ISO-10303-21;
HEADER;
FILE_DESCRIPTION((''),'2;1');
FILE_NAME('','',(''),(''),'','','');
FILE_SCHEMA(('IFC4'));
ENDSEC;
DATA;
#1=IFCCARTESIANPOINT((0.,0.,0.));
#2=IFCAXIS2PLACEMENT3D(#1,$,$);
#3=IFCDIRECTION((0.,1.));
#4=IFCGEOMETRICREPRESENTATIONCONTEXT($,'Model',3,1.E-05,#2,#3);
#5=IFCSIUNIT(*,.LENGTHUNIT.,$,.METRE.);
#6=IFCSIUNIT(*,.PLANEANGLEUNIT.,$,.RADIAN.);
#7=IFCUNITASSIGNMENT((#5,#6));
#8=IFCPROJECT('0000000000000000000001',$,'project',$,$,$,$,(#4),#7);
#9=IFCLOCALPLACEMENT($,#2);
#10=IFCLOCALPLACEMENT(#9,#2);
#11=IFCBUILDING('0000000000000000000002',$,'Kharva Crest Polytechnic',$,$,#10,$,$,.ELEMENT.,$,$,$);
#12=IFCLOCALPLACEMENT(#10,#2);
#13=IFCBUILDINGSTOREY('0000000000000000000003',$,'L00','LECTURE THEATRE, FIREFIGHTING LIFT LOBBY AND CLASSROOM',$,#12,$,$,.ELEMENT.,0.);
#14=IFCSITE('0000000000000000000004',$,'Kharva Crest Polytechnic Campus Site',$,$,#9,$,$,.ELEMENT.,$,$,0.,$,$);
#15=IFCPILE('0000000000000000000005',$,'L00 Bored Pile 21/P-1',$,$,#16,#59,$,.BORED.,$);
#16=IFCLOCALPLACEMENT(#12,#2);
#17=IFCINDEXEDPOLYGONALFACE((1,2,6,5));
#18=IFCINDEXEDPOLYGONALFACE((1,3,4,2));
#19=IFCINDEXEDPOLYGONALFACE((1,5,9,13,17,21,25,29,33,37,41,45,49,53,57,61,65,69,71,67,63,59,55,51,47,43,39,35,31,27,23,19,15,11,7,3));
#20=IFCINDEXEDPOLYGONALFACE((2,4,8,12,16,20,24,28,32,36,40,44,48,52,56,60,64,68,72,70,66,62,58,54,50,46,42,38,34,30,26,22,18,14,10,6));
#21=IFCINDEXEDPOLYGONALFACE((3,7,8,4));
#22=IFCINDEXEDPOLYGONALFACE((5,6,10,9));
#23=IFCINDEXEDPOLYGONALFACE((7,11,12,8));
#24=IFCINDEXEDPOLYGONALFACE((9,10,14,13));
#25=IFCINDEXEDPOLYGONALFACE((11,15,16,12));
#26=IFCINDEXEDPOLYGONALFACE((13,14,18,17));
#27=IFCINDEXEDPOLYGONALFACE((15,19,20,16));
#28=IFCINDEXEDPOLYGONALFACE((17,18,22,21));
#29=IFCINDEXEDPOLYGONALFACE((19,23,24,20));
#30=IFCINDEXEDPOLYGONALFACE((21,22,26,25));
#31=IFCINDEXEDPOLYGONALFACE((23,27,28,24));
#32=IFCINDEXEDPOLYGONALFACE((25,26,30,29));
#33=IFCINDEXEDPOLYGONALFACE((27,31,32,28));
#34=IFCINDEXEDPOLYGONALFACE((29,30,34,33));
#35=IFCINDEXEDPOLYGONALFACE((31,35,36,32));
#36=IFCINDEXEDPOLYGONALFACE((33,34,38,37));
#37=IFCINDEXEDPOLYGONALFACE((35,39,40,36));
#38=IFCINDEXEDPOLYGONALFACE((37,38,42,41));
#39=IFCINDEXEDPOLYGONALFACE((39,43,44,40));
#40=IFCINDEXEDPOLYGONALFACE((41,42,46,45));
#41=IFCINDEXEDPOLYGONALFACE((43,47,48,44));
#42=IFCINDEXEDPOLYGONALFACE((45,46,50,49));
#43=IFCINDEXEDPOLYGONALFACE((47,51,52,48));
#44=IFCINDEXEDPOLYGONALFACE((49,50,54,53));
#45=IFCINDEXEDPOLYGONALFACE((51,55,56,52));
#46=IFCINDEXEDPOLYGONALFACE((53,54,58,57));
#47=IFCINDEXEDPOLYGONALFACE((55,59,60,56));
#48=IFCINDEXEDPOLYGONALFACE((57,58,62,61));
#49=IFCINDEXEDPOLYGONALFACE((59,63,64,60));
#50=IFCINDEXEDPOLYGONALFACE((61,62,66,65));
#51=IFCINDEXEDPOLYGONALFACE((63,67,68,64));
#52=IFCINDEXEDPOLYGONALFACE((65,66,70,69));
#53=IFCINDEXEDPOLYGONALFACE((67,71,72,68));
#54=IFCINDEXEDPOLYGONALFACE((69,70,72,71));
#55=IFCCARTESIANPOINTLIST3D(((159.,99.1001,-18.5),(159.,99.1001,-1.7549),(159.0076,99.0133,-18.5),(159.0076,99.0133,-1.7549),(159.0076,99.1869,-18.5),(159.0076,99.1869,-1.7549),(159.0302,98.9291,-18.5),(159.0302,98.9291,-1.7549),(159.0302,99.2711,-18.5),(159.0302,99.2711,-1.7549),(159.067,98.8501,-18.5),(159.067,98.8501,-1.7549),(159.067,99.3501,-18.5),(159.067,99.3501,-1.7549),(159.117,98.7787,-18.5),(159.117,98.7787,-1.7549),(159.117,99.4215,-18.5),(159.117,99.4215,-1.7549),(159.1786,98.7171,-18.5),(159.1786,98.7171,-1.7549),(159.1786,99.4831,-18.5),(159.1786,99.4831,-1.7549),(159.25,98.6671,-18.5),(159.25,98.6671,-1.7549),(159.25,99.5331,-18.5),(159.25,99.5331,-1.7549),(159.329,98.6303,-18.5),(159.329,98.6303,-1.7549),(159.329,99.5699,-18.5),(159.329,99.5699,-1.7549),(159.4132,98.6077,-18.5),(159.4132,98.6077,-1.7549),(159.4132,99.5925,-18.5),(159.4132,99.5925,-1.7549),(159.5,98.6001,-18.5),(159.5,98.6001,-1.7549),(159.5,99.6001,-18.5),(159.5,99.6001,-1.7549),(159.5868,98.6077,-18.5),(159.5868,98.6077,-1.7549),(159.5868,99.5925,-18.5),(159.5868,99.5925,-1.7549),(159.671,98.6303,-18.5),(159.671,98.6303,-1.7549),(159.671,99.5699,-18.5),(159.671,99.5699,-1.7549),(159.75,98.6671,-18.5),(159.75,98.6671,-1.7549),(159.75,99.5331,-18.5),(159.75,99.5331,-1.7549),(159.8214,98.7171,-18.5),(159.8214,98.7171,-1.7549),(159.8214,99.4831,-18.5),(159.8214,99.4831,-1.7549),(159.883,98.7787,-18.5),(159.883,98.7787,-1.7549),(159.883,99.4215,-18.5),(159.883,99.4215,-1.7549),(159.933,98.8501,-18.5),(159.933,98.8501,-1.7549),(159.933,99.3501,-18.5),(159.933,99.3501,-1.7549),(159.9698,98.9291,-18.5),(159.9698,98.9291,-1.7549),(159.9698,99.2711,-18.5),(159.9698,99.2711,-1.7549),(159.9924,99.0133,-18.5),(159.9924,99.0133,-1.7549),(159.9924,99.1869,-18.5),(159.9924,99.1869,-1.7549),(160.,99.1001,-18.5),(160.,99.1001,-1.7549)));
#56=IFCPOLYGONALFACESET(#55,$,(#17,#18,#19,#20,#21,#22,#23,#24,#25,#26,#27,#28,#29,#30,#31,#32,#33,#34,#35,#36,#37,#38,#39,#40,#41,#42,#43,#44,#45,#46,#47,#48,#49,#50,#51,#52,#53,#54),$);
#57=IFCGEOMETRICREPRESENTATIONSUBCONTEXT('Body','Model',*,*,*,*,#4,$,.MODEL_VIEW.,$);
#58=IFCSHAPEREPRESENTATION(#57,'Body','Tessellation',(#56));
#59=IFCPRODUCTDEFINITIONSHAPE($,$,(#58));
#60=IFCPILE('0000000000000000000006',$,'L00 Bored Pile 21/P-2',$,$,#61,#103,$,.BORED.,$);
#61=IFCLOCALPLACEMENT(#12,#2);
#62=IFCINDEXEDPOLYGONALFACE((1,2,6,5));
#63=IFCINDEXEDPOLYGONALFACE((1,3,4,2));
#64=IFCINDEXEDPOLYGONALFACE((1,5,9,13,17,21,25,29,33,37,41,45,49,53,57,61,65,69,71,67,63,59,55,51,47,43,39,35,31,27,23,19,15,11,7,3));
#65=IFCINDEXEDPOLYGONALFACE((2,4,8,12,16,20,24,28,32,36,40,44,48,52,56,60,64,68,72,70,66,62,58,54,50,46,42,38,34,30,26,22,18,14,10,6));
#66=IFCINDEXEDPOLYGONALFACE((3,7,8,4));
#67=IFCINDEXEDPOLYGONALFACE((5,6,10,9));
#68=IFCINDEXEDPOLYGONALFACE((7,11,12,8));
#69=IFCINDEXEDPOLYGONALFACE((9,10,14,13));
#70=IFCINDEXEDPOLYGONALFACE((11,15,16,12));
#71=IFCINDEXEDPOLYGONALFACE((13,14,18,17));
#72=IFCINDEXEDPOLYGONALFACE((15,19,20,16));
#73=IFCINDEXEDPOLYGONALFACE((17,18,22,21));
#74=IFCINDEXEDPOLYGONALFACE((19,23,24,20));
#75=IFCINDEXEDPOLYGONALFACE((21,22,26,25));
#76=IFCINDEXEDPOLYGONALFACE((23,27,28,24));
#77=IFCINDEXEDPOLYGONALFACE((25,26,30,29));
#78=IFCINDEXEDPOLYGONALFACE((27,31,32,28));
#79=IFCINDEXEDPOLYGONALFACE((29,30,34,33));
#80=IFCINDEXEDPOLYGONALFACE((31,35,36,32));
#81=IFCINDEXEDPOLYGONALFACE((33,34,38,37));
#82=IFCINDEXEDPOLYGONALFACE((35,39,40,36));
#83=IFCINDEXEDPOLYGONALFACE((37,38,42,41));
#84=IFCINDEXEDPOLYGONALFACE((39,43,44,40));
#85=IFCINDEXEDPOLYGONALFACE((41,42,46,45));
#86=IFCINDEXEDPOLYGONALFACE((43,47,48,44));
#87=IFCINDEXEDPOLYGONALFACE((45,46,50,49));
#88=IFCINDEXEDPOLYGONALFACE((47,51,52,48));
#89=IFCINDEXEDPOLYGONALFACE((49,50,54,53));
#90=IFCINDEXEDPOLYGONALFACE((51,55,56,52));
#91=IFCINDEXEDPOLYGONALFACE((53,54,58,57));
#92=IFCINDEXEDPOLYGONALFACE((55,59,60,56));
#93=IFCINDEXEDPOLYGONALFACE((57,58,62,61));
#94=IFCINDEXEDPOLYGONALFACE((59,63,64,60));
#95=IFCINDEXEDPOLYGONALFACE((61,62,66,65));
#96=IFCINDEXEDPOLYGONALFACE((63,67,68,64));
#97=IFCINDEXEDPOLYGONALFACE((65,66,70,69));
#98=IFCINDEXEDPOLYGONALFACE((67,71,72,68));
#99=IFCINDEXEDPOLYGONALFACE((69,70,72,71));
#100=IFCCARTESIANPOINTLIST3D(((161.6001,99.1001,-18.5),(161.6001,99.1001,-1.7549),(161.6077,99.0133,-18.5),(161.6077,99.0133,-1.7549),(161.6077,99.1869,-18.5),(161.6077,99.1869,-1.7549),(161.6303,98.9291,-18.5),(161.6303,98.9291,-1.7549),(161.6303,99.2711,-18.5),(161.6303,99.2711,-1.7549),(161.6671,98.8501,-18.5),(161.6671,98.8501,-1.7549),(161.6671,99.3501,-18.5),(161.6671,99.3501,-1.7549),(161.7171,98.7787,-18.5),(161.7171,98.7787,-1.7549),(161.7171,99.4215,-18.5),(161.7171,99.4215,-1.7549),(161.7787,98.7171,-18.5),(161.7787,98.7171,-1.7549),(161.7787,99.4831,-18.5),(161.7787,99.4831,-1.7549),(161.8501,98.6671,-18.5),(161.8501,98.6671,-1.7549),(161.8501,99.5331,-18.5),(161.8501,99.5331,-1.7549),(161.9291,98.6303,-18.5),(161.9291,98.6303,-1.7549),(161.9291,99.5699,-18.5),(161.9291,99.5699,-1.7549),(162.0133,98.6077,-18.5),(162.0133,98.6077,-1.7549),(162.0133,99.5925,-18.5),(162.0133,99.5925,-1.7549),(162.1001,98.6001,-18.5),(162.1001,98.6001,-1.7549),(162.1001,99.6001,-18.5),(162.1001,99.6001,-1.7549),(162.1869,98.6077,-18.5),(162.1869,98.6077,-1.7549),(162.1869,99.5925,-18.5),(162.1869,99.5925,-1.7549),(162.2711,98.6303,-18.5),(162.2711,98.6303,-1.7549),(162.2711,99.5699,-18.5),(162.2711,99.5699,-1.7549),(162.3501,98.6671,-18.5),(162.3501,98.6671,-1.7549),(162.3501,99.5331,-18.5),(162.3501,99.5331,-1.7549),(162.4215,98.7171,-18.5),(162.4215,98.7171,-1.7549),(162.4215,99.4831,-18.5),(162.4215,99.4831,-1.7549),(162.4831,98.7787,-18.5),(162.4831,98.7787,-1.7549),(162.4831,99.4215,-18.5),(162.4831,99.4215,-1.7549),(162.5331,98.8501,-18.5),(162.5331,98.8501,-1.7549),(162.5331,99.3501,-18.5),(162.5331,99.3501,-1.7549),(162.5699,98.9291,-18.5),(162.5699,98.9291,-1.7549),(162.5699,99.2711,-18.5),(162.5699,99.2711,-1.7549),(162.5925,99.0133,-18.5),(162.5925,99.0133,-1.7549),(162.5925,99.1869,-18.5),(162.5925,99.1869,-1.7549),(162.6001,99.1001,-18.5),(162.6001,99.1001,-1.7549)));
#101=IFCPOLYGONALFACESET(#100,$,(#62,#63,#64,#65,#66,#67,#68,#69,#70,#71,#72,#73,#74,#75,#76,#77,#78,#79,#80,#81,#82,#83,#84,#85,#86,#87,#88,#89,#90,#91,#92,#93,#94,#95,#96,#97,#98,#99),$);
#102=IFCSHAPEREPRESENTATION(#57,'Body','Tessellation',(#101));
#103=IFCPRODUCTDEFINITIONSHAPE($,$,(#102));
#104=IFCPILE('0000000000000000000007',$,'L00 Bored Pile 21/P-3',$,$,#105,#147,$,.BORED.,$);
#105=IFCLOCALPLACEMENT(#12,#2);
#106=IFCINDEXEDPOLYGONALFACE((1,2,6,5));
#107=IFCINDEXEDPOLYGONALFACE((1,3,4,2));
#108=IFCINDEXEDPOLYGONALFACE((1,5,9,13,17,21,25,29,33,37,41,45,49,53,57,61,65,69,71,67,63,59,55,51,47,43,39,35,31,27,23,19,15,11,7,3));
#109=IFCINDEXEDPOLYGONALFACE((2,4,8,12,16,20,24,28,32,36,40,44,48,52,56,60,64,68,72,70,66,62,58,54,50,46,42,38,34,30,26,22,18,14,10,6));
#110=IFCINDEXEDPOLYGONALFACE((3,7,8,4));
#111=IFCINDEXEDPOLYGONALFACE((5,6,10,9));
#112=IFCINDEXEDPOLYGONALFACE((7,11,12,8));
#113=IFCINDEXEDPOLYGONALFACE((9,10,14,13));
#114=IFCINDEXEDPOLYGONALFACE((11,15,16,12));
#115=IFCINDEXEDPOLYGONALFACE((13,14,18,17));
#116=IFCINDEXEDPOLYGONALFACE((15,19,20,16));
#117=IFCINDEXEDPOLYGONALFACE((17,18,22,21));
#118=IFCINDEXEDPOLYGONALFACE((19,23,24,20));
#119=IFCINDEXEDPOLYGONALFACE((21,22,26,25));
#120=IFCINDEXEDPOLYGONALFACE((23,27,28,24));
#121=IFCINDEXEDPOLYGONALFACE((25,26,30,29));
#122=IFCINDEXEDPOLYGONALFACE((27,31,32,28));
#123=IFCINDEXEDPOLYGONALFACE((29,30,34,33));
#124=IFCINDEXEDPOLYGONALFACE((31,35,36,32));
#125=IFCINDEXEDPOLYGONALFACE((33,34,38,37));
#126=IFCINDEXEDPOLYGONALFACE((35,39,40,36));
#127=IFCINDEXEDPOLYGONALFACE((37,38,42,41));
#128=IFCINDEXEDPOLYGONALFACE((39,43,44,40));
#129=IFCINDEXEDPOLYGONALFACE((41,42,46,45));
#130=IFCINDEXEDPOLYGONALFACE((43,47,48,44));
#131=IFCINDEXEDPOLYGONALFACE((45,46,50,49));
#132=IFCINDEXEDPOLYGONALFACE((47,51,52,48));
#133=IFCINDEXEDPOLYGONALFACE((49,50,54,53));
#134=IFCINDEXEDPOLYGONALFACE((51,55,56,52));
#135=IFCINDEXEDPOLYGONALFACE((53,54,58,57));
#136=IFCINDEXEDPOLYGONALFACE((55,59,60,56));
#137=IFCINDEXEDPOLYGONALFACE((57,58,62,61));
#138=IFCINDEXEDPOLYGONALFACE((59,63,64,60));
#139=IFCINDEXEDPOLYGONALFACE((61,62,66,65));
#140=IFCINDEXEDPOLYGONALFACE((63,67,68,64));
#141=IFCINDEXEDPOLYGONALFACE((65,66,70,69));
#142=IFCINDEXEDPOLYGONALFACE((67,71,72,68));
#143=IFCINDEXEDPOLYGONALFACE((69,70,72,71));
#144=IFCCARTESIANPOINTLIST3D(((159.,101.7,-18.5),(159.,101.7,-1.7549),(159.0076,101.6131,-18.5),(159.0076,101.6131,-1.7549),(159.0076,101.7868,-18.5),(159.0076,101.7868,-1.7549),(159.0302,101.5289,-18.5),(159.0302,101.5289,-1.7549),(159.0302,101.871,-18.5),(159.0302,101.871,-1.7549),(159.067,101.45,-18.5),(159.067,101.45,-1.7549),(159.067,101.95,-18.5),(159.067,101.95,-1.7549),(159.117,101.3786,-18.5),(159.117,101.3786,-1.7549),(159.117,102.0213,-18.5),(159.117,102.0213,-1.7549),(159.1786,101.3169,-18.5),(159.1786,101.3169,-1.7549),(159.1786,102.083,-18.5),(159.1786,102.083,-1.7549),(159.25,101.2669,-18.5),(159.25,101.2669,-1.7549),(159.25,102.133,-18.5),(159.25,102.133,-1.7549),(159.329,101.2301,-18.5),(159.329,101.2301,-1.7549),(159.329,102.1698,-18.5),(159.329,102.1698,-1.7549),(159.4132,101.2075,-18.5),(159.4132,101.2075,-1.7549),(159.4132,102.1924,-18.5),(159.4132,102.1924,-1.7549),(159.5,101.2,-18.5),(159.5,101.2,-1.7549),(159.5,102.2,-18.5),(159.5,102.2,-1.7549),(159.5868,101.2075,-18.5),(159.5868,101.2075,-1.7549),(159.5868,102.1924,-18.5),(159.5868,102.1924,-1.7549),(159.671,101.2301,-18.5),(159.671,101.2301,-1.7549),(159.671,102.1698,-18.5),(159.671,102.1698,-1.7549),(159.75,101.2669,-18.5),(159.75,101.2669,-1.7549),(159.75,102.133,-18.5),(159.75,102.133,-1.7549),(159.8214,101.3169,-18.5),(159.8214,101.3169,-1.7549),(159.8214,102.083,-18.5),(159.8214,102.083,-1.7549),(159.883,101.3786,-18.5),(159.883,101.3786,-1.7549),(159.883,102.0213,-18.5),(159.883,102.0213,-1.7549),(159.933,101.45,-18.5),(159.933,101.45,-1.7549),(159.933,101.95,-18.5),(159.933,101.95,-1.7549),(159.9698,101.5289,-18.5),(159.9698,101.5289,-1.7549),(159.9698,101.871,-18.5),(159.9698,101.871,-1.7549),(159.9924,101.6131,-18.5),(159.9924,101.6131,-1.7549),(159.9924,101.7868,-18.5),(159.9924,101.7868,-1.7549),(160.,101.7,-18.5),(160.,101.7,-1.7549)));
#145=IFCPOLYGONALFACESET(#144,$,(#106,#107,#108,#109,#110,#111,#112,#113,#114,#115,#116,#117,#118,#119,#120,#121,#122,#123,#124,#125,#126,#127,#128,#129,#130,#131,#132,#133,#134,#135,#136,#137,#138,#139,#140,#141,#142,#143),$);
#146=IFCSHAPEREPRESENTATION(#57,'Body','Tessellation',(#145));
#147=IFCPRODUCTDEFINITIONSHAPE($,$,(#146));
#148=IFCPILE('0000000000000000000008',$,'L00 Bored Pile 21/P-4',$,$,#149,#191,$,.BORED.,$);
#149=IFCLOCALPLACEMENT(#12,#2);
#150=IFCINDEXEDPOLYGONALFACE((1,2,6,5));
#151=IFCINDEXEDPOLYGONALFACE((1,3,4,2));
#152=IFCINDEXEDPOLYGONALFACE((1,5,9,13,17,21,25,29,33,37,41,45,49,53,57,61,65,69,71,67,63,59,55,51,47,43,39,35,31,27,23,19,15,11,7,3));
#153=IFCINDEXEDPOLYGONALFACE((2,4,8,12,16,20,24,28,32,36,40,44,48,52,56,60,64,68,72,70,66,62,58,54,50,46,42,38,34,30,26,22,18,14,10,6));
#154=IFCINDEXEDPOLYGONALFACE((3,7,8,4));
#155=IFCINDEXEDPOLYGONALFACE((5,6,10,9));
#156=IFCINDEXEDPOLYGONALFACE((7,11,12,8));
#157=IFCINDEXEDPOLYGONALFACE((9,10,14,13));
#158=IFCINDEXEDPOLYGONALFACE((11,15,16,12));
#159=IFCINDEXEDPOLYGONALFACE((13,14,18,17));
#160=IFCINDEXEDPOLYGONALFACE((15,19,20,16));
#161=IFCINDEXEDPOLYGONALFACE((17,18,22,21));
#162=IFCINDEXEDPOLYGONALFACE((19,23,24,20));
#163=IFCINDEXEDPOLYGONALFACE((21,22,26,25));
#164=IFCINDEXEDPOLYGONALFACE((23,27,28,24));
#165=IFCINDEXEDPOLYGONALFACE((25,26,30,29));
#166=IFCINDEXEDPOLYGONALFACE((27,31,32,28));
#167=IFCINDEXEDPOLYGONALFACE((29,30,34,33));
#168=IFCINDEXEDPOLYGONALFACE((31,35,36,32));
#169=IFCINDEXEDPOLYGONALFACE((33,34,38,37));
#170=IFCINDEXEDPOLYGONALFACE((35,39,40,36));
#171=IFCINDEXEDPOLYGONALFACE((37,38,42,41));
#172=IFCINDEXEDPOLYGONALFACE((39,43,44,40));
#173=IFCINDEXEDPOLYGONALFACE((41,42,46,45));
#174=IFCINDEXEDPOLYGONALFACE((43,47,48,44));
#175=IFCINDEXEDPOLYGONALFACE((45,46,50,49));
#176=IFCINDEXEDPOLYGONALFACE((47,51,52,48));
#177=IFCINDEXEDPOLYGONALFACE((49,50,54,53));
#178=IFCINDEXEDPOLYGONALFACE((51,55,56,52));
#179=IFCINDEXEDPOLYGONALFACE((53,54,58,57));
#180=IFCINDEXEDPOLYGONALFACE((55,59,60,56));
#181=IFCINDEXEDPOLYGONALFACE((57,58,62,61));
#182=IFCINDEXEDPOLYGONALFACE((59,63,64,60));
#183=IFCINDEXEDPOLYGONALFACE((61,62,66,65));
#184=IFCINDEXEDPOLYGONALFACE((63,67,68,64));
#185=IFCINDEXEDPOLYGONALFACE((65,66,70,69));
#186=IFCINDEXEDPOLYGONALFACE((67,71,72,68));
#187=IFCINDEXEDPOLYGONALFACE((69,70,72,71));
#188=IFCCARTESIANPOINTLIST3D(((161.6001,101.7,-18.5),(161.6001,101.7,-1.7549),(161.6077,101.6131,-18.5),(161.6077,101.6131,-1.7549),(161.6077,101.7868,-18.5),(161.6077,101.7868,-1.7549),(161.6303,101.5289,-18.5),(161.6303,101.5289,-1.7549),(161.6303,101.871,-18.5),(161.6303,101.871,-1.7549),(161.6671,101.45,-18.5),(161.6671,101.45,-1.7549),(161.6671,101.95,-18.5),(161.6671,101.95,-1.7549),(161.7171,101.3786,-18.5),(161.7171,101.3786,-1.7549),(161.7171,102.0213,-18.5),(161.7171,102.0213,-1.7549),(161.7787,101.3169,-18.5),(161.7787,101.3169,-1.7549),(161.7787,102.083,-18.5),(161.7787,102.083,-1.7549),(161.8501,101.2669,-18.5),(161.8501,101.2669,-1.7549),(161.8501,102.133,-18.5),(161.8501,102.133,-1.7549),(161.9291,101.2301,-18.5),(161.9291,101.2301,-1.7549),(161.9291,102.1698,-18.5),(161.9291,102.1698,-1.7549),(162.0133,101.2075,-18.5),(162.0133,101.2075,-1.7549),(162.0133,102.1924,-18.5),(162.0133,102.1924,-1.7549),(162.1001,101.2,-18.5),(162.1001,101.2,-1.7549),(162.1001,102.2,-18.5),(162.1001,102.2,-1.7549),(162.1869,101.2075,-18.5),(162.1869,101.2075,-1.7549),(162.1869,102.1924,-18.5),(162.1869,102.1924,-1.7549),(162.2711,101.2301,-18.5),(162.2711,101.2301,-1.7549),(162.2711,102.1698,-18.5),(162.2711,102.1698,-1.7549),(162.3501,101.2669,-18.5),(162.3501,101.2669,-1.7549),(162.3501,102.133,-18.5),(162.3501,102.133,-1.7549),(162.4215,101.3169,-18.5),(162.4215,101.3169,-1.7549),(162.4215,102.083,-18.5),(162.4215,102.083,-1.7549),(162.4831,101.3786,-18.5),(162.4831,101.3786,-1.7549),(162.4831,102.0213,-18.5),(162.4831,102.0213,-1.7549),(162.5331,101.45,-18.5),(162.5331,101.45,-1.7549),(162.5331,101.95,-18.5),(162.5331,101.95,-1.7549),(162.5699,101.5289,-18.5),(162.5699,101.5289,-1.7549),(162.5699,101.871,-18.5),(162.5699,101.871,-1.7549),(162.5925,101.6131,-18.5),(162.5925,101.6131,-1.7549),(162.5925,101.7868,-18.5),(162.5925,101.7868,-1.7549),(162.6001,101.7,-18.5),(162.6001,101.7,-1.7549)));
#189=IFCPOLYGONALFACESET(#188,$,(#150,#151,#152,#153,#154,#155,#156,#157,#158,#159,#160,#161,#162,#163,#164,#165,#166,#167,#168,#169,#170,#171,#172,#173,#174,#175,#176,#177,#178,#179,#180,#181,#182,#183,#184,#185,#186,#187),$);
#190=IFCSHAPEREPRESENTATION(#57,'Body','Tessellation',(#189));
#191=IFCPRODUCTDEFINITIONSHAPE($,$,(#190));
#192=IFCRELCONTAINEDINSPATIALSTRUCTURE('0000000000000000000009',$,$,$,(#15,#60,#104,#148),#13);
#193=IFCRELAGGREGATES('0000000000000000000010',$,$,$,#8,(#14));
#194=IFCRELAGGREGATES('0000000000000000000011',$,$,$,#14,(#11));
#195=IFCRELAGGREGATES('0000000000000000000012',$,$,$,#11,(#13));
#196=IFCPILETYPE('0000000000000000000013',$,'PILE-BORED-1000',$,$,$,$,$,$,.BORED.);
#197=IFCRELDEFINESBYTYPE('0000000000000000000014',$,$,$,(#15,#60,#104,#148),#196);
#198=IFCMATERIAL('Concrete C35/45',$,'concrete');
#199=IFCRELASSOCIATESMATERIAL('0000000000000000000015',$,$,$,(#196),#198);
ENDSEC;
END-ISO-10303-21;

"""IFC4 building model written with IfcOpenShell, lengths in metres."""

from ifc_helpers import new_model, si_unit, direction, frame, origin, origin_2d, place, context, subcontext, project, spatial, circle, extrude, material, material_profile, profile_set, type_object, element, save


model = new_model("IFC4")

# Units and contexts
model_context = context("Model", 3, precision=1e-05, world=origin(), true_north=direction((0.0, 1.0)))
body_context = subcontext(model_context, "Body", "Model", "MODEL_VIEW")
ifc_project = project(units=[si_unit("LENGTHUNIT", "METRE"), si_unit("PLANEANGLEUNIT", "RADIAN")], contexts=[model_context])

# Site, building, storey
site_placement = place(None, origin())
site = spatial("IfcSite", under=ifc_project, at=site_placement, Name="Kharva Crest Polytechnic Campus Site", CompositionType="ELEMENT", RefElevation=0.0)
building_placement = place(site_placement, origin())
building = spatial("IfcBuilding", under=site, at=building_placement, Name="Kharva Crest Polytechnic", CompositionType="ELEMENT")
storey_placement = place(building_placement, origin())
storey = spatial("IfcBuildingStorey", under=building, at=storey_placement, Name="L00", Description="LECTURE THEATRE, FIREFIGHTING LIFT LOBBY AND CLASSROOM", CompositionType="ELEMENT", Elevation=0.0)

# Shared definitions
ifc_material_1 = material(Name="Concrete C35/45", Category="concrete")

# Piles
ifc_material_profile_1 = material_profile(ifc_material_1, circle(Radius=0.5, at=origin_2d()), Name="DIA 1000")
ifc_profile_set_1 = profile_set([ifc_material_profile_1], Name="Concrete C35/45")
pile_type_1 = type_object("IfcPileType", Name="PILE-BORED-1000", PredefinedType="BORED", material=ifc_profile_set_1)
for number, where, z_axis, x_axis, name in (
    (1, (159.5, 99.1001, -1.7549), (0.0, 0.0, -1.0), (1.0, 0.0, 0.0), "L00 Bored Pile 21/P-1"),
    (2, (162.1001, 99.1001, -1.7549), (0.0, 0.0, -1.0), (1.0, 0.0, 0.0), "L00 Bored Pile 21/P-2"),
    (3, (159.5, 101.7, -1.7549), (0.0, 0.0, -1.0), (1.0, 0.0, 0.0), "L00 Bored Pile 21/P-3"),
    (4, (162.1001, 101.7, -1.7549), (0.0, 0.0, -1.0), (1.0, 0.0, 0.0), "L00 Bored Pile 21/P-4"),
):
    element("IfcPile", number, at=place(storey_placement, frame(where, z_axis=z_axis, x_axis=x_axis)), inside=storey, type_object=pile_type_1, Name=name, PredefinedType="BORED", context=body_context, shape_type="SweptSolid", body=[
        extrude(circle(Radius=0.5, at=origin_2d()), origin(), (0.0, 0.0, 1.0), 16.7451),
    ])

save(model, "model.ifc")
